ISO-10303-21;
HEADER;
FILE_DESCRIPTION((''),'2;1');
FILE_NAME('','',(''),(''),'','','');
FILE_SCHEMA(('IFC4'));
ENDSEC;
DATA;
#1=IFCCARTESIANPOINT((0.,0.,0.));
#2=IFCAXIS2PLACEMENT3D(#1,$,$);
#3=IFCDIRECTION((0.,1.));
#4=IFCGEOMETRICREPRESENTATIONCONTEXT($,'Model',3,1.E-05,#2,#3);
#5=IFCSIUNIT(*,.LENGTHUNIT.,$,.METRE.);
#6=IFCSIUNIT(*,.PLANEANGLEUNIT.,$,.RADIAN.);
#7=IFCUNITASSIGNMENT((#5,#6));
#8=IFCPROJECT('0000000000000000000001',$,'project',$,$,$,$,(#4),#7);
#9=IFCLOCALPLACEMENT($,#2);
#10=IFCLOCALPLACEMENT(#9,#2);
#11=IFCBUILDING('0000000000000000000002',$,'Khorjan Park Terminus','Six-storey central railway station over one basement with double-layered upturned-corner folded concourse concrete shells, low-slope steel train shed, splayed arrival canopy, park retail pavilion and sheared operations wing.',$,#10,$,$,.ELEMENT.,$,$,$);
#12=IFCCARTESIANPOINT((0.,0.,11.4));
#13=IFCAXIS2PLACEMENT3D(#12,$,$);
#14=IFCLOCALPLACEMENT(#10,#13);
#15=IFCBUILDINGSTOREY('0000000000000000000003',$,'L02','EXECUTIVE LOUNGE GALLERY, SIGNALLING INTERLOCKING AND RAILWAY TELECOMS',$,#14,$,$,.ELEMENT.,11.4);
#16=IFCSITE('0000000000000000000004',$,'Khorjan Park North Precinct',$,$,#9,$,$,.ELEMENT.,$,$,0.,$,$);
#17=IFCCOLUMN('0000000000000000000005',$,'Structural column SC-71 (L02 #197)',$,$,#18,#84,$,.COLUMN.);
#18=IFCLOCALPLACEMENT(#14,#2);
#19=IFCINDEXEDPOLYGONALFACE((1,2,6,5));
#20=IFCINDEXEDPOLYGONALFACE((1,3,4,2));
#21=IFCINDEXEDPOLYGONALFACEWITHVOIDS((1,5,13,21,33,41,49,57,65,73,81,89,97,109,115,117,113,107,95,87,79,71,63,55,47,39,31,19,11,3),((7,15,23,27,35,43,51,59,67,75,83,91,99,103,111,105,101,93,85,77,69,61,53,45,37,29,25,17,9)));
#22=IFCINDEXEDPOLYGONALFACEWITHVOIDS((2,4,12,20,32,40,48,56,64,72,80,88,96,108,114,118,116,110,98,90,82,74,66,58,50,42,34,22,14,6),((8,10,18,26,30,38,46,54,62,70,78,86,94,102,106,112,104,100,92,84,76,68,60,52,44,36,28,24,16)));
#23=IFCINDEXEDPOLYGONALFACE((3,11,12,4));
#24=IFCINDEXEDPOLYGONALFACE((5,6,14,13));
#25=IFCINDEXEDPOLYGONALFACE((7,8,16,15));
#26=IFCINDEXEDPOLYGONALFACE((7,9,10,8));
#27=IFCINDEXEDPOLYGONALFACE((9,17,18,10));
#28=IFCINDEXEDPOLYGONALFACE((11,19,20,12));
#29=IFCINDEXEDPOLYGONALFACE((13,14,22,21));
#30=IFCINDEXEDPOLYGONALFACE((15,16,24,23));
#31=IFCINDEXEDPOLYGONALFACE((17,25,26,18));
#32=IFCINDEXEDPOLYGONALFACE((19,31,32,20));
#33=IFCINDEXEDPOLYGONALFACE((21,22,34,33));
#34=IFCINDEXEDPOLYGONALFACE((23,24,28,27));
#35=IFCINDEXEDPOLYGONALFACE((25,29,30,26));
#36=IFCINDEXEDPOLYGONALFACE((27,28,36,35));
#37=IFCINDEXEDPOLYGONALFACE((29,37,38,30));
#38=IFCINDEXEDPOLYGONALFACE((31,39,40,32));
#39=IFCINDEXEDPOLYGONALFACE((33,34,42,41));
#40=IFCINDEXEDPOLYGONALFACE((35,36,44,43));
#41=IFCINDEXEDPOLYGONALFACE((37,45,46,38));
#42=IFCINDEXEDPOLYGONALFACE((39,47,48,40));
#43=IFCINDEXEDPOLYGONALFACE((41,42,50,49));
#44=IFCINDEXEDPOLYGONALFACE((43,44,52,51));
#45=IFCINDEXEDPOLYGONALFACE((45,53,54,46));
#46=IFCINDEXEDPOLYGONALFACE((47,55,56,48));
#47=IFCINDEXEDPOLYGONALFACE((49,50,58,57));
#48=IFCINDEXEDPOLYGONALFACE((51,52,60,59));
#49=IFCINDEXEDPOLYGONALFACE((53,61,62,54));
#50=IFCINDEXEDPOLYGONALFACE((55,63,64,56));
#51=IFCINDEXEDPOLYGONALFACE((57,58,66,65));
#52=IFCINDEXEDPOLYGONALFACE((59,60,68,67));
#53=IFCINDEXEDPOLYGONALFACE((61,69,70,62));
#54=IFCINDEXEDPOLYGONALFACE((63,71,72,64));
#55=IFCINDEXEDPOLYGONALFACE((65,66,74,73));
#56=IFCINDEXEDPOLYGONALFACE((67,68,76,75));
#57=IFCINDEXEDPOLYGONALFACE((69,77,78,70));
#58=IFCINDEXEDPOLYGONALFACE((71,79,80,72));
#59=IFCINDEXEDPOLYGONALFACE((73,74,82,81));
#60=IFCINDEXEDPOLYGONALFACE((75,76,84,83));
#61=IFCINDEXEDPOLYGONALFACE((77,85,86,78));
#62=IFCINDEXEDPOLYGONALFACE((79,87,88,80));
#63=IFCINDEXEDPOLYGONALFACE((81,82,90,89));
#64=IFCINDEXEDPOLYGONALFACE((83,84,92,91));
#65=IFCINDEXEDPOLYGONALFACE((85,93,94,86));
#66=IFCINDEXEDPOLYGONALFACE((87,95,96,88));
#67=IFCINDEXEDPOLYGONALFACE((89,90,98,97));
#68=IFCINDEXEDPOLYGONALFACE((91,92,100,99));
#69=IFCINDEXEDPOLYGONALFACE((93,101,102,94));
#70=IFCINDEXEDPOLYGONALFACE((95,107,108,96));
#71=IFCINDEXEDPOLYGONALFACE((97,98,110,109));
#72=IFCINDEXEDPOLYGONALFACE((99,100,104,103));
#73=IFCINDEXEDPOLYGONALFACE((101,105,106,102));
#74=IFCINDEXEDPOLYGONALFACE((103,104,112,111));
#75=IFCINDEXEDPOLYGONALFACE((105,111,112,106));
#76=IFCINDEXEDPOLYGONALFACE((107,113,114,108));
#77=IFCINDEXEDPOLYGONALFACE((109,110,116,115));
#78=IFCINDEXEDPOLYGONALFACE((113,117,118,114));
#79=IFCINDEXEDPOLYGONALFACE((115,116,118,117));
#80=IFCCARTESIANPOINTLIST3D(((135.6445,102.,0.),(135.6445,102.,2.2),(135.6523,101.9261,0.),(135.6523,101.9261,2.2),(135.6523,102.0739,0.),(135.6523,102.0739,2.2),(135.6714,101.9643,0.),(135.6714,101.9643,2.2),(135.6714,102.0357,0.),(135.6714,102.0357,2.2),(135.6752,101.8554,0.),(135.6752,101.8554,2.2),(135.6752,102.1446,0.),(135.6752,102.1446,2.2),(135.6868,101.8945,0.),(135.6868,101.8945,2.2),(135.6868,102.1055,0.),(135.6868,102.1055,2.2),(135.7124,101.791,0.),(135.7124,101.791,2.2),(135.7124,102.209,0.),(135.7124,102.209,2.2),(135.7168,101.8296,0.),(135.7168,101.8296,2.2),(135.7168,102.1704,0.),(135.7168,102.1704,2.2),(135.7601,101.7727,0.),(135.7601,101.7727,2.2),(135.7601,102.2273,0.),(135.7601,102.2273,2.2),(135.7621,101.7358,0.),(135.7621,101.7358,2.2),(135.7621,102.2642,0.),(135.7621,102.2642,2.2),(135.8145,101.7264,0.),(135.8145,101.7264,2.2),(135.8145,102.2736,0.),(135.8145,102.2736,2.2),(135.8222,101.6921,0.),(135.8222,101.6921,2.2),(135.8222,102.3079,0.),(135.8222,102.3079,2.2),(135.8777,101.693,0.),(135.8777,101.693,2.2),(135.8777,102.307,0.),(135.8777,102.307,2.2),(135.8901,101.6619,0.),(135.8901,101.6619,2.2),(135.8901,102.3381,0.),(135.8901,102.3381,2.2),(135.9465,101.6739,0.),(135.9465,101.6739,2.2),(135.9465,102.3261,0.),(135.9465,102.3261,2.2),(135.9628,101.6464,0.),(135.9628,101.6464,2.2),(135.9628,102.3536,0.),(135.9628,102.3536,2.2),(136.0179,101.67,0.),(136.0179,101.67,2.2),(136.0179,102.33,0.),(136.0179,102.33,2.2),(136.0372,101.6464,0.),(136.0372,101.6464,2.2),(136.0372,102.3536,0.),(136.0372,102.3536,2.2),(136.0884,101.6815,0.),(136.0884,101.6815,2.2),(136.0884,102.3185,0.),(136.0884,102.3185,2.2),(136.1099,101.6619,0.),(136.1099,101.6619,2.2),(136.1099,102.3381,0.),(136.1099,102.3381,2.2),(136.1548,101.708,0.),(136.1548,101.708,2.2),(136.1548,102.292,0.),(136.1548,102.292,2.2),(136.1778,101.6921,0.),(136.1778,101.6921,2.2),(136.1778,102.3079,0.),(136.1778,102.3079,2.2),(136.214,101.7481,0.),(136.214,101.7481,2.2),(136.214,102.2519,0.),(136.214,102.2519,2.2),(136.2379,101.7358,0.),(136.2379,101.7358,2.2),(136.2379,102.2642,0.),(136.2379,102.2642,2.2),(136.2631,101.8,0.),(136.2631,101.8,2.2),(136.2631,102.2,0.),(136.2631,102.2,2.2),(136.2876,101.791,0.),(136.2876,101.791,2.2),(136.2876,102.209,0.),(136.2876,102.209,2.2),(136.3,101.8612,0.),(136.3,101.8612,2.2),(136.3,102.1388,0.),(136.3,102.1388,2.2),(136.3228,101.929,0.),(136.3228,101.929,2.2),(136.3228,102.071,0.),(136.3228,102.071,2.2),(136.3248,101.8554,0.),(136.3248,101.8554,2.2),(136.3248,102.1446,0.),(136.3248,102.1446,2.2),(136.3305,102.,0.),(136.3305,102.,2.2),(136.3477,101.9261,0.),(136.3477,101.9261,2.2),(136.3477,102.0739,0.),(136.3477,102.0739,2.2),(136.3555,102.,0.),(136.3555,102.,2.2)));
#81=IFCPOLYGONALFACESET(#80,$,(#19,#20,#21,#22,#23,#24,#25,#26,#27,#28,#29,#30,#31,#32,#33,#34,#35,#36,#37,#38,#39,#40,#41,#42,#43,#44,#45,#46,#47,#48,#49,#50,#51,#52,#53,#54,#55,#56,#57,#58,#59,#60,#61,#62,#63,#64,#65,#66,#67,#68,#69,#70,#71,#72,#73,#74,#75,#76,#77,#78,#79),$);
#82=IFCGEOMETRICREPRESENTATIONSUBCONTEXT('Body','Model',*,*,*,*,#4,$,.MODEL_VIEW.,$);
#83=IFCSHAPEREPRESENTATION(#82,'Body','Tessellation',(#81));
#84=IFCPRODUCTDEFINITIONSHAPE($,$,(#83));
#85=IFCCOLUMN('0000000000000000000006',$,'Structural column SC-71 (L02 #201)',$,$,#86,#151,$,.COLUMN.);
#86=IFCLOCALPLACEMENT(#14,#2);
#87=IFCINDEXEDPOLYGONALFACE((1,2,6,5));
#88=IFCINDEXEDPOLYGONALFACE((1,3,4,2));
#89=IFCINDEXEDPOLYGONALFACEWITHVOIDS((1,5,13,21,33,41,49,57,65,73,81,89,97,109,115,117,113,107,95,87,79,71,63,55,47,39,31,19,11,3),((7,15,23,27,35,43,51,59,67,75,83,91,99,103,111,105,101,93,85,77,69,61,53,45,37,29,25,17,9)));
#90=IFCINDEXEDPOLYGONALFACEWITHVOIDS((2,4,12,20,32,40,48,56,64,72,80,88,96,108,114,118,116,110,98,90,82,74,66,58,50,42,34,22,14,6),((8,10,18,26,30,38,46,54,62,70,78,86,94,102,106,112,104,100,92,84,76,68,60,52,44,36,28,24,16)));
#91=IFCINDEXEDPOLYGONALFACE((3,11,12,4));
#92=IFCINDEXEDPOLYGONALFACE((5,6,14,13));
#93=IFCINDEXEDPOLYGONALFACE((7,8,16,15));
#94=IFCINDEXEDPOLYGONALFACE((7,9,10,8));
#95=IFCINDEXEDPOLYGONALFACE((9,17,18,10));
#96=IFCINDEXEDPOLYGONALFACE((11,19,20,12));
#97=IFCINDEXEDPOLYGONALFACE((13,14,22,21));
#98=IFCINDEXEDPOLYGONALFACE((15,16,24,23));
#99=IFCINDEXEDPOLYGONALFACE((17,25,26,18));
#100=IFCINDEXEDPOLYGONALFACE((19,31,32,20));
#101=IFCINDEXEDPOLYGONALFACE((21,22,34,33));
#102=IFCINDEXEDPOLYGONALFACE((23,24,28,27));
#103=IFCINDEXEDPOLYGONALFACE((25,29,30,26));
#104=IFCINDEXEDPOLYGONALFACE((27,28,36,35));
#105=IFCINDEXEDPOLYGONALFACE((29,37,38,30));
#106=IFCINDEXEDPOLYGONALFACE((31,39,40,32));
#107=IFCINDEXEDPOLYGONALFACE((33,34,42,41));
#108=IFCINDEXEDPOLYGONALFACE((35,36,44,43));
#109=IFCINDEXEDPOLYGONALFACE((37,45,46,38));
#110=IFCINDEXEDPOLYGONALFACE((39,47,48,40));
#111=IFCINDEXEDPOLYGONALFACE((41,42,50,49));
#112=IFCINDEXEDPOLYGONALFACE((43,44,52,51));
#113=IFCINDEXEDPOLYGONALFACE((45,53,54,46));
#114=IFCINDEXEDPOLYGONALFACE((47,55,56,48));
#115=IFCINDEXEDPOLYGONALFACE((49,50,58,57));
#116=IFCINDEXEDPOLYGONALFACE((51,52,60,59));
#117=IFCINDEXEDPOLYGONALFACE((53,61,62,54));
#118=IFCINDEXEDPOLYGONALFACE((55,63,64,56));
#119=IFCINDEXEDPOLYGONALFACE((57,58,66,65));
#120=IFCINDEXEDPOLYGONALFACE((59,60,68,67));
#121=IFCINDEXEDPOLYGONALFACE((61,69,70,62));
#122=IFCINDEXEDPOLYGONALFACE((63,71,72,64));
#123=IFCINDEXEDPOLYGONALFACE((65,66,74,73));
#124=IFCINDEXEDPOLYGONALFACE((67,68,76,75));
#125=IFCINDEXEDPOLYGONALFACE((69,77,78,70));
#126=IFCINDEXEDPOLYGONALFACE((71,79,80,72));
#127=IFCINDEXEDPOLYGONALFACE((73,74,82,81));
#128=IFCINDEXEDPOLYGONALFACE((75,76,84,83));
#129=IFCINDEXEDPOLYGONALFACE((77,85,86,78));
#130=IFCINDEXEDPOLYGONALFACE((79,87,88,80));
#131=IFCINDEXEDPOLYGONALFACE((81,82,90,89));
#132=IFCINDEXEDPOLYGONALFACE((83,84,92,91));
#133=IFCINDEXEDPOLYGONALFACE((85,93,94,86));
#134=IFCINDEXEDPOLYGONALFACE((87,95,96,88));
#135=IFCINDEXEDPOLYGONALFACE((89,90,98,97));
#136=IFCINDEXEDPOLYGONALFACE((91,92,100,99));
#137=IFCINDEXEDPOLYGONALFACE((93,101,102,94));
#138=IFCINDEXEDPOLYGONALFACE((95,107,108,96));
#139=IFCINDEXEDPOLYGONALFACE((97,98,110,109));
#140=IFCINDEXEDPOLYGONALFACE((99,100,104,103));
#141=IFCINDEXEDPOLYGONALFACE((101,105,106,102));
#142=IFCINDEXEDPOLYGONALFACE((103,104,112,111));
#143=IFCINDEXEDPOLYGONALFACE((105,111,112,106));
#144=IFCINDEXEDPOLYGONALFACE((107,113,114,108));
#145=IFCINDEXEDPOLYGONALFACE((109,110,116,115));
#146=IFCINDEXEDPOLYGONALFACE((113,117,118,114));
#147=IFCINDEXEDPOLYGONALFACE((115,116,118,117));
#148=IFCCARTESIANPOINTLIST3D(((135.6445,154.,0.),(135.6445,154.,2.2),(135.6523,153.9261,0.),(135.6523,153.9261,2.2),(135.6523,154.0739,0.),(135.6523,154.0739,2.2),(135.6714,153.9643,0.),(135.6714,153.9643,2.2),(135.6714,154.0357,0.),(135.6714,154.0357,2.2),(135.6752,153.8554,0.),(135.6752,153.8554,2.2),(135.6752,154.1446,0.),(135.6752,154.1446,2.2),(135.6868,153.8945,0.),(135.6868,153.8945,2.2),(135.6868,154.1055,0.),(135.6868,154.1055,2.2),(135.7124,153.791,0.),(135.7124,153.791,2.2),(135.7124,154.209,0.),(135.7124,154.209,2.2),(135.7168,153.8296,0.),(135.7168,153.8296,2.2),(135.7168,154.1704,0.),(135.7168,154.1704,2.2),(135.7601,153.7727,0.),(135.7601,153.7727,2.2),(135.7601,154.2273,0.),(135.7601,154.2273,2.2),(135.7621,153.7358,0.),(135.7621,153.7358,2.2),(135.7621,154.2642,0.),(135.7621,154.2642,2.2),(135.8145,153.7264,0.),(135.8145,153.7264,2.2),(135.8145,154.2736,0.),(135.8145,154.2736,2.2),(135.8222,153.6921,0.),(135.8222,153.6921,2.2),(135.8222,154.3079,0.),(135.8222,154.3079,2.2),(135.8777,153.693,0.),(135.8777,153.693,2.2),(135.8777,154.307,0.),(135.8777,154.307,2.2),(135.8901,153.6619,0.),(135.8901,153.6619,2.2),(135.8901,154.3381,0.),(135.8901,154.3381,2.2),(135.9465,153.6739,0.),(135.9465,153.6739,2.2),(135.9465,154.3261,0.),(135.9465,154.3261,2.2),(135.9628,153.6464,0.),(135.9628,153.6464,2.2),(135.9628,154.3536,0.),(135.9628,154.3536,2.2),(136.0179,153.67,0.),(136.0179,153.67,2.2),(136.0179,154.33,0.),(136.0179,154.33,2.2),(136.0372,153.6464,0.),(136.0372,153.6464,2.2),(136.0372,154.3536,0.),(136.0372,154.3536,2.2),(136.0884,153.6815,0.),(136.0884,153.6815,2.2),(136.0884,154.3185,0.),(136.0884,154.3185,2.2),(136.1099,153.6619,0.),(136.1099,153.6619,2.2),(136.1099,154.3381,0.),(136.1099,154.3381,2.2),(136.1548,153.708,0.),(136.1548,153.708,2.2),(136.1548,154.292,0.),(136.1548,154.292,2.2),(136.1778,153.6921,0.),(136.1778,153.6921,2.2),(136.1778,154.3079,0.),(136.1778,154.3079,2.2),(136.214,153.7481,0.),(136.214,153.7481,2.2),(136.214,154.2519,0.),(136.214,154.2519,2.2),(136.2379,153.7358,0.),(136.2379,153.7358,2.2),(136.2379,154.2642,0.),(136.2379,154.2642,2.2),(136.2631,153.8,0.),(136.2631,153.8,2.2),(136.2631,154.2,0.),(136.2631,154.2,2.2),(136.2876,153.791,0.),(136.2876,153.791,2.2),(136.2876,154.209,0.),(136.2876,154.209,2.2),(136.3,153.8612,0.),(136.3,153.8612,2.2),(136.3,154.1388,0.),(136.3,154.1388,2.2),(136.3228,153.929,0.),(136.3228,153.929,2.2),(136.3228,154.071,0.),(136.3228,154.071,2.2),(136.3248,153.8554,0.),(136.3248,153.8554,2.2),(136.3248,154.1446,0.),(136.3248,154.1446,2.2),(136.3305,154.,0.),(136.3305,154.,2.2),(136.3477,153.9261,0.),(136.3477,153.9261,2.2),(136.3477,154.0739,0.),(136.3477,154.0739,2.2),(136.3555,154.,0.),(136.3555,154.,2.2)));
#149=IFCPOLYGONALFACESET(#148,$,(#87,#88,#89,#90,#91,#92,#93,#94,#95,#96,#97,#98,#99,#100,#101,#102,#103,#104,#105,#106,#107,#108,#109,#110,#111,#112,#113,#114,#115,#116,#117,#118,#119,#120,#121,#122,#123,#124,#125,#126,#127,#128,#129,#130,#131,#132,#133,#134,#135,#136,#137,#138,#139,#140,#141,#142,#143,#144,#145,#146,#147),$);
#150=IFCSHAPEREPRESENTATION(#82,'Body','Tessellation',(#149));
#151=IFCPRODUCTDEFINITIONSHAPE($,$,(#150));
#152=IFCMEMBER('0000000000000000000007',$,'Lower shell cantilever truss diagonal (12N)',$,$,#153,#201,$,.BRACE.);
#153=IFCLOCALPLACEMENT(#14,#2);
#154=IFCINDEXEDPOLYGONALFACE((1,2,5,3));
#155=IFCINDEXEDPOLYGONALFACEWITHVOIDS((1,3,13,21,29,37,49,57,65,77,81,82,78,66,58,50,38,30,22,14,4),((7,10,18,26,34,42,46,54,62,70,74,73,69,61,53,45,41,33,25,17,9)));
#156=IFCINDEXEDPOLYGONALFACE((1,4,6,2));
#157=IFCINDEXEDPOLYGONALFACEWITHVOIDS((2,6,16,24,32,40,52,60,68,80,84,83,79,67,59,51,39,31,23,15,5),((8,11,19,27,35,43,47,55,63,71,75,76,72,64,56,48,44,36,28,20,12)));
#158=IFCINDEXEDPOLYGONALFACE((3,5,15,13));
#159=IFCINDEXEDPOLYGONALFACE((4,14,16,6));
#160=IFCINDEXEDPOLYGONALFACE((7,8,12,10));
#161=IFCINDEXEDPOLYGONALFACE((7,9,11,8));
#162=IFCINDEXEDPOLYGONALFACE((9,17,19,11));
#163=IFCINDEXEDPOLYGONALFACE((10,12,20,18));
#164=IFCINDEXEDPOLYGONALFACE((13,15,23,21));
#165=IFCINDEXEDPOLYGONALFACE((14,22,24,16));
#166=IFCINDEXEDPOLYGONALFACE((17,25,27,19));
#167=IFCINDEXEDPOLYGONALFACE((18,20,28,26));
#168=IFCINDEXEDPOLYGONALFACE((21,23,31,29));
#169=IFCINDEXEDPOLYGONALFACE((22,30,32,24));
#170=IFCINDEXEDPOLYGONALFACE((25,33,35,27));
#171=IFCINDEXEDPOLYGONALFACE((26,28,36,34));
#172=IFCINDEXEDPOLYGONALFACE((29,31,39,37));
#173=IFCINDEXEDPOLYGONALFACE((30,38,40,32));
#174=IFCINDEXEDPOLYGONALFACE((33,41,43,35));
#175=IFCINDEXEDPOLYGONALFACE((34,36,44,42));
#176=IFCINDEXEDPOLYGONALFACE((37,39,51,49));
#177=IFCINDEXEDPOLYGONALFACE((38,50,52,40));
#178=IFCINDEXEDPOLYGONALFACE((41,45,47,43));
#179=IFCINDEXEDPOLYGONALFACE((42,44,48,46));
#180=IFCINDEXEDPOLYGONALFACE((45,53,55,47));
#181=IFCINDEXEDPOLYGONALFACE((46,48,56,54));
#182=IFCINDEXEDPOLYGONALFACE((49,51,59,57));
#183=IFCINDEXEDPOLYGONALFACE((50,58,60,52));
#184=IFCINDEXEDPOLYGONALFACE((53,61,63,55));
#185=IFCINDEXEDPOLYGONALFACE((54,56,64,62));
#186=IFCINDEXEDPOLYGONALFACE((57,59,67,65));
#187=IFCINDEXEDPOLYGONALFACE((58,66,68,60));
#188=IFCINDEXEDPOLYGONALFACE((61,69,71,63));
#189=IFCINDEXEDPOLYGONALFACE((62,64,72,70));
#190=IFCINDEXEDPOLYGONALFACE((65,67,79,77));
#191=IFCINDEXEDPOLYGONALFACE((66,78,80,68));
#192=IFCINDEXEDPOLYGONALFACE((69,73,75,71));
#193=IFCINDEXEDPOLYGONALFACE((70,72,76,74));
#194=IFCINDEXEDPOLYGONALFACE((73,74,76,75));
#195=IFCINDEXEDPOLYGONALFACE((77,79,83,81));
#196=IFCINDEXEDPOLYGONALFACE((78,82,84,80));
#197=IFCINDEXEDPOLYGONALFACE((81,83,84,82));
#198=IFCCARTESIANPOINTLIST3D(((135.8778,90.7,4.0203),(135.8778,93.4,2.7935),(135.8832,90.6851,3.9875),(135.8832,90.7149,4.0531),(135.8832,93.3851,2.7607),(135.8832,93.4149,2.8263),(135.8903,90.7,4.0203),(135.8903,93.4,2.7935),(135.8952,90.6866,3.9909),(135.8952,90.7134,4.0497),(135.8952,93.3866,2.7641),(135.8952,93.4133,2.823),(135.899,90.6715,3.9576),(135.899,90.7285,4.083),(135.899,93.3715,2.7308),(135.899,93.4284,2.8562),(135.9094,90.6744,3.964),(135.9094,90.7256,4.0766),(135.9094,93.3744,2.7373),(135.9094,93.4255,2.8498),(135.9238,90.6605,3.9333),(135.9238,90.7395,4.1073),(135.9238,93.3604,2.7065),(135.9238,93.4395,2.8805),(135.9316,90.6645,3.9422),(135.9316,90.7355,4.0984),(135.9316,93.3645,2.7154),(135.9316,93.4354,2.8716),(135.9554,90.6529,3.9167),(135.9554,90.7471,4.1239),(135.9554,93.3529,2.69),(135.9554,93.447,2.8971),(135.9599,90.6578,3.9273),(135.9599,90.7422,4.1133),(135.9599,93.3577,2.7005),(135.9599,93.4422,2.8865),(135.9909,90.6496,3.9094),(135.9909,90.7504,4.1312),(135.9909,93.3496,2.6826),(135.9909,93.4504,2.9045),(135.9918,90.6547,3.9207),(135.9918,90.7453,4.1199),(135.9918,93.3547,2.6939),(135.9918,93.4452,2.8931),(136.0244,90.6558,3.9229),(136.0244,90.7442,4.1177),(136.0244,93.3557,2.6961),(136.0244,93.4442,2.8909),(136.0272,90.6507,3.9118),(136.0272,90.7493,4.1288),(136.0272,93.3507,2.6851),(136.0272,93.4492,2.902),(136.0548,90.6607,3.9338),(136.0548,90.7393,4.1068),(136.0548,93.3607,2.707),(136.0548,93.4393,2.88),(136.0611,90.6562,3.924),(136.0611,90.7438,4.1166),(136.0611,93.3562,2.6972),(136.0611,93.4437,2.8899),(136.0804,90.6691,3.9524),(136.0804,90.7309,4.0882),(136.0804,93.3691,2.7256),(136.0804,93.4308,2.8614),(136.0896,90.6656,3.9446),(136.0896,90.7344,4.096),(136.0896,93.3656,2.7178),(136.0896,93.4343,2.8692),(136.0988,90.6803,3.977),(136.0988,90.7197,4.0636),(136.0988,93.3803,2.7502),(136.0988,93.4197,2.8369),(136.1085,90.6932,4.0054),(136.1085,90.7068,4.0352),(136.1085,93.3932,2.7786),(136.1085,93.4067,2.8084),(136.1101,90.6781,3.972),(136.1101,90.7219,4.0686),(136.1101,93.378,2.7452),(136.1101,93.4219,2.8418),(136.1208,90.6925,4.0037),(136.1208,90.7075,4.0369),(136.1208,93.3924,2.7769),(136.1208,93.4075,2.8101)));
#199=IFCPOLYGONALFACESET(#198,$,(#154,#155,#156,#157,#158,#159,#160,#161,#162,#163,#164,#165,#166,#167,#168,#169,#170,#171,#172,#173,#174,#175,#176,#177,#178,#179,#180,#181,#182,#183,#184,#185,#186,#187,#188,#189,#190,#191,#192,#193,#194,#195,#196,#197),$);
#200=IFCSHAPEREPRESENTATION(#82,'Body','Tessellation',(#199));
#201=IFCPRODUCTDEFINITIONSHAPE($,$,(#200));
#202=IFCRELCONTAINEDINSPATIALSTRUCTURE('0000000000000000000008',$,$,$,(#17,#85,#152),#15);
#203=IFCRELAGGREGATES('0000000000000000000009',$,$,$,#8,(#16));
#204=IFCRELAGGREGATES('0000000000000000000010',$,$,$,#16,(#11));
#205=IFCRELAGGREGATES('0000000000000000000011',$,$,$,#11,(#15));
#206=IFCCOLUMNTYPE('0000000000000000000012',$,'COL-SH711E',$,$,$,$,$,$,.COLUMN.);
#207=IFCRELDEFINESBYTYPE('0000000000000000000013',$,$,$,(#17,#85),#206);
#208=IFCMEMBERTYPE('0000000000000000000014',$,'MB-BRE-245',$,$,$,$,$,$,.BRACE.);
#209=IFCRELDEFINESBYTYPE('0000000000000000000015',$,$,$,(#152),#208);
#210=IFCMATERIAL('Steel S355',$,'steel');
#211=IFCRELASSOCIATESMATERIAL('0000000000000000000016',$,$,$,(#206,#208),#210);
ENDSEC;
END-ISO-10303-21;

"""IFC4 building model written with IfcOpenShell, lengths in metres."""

from ifc_helpers import new_model, si_unit, direction, frame, origin, origin_2d, place, context, subcontext, project, spatial, hollow_circle, extrude, material, material_profile, profile_set, type_object, element, save


model = new_model("IFC4")

# Units and contexts
model_context = context("Model", 3, precision=1e-05, world=origin(), true_north=direction((0.0, 1.0)))
body_context = subcontext(model_context, "Body", "Model", "MODEL_VIEW")
ifc_project = project(units=[si_unit("LENGTHUNIT", "METRE"), si_unit("PLANEANGLEUNIT", "RADIAN")], contexts=[model_context])

# Site, building, storey
site_placement = place(None, origin())
site = spatial("IfcSite", under=ifc_project, at=site_placement, Name="Khorjan Park North Precinct", CompositionType="ELEMENT", RefElevation=0.0)
building_placement = place(site_placement, origin())
building = spatial("IfcBuilding", under=site, at=building_placement, Name="Khorjan Park Terminus", Description="Six-storey central railway station over one basement with double-layered upturned-corner folded concourse concrete shells, low-slope steel train shed, splayed arrival canopy, park retail pavilion and sheared operations wing.", CompositionType="ELEMENT")
storey_placement = place(building_placement, frame((0.0, 0.0, 11.4)))
storey = spatial("IfcBuildingStorey", under=building, at=storey_placement, Name="L02", Description="EXECUTIVE LOUNGE GALLERY, SIGNALLING INTERLOCKING AND RAILWAY TELECOMS", CompositionType="ELEMENT", Elevation=11.4)

# Columns
ifc_material_1 = material(Name="Steel S355", Category="steel")
ifc_material_profile_1 = material_profile(ifc_material_1, hollow_circle(Radius=0.3555, WallThickness=0.025, at=origin_2d()), Name="CHS 711x25")
ifc_profile_set_1 = profile_set([ifc_material_profile_1], Name="Steel S355")
column_type = type_object("IfcColumnType", Name="COL-SH711E", PredefinedType="COLUMN", material=ifc_profile_set_1)
for number, where, z_axis, x_axis, name in (
    (1, (136.0, 102.0, 0.0), (0.0, 0.0, 1.0), (1.0, 0.0, 0.0), "Structural column SC-71 (L02 #197)"),
    (2, (136.0, 154.0, 0.0), (0.0, 0.0, 1.0), (1.0, 0.0, 0.0), "Structural column SC-71 (L02 #201)"),
):
    element("IfcColumn", number, at=place(storey_placement, frame(where, z_axis=z_axis, x_axis=x_axis)), inside=storey, type_object=column_type, Name=name, PredefinedType="COLUMN", context=body_context, shape_type="SweptSolid", body=[
        extrude(hollow_circle(Radius=0.3555, WallThickness=0.025, at=origin_2d()), origin(), (0.0, 0.0, 1.0), 2.2),
    ])

# Member
ifc_material_profile_2 = material_profile(ifc_material_1, hollow_circle(Radius=0.1222, WallThickness=0.0125, at=origin_2d()), Name="CHS 244.5x12.5")
ifc_profile_set_2 = profile_set([ifc_material_profile_2], Name="Steel S355")
member_type_1 = type_object("IfcMemberType", Name="MB-BRE-245", PredefinedType="BRACE", material=ifc_profile_set_2)
member_1_placement = place(storey_placement, frame((136.0, 90.7, 4.0203), z_axis=(0.0, 0.910427, -0.413671), x_axis=(-1.0, 0.0, 0.0)))
element("IfcMember", 3, at=member_1_placement, inside=storey, type_object=member_type_1, Name="Lower shell cantilever truss diagonal (12N)", PredefinedType="BRACE", context=body_context, shape_type="SweptSolid", body=[
    extrude(hollow_circle(Radius=0.1222, WallThickness=0.0125, at=origin_2d()), origin(), (0.0, 0.0, 1.0), 2.9656),
])

save(model, "model.ifc")
